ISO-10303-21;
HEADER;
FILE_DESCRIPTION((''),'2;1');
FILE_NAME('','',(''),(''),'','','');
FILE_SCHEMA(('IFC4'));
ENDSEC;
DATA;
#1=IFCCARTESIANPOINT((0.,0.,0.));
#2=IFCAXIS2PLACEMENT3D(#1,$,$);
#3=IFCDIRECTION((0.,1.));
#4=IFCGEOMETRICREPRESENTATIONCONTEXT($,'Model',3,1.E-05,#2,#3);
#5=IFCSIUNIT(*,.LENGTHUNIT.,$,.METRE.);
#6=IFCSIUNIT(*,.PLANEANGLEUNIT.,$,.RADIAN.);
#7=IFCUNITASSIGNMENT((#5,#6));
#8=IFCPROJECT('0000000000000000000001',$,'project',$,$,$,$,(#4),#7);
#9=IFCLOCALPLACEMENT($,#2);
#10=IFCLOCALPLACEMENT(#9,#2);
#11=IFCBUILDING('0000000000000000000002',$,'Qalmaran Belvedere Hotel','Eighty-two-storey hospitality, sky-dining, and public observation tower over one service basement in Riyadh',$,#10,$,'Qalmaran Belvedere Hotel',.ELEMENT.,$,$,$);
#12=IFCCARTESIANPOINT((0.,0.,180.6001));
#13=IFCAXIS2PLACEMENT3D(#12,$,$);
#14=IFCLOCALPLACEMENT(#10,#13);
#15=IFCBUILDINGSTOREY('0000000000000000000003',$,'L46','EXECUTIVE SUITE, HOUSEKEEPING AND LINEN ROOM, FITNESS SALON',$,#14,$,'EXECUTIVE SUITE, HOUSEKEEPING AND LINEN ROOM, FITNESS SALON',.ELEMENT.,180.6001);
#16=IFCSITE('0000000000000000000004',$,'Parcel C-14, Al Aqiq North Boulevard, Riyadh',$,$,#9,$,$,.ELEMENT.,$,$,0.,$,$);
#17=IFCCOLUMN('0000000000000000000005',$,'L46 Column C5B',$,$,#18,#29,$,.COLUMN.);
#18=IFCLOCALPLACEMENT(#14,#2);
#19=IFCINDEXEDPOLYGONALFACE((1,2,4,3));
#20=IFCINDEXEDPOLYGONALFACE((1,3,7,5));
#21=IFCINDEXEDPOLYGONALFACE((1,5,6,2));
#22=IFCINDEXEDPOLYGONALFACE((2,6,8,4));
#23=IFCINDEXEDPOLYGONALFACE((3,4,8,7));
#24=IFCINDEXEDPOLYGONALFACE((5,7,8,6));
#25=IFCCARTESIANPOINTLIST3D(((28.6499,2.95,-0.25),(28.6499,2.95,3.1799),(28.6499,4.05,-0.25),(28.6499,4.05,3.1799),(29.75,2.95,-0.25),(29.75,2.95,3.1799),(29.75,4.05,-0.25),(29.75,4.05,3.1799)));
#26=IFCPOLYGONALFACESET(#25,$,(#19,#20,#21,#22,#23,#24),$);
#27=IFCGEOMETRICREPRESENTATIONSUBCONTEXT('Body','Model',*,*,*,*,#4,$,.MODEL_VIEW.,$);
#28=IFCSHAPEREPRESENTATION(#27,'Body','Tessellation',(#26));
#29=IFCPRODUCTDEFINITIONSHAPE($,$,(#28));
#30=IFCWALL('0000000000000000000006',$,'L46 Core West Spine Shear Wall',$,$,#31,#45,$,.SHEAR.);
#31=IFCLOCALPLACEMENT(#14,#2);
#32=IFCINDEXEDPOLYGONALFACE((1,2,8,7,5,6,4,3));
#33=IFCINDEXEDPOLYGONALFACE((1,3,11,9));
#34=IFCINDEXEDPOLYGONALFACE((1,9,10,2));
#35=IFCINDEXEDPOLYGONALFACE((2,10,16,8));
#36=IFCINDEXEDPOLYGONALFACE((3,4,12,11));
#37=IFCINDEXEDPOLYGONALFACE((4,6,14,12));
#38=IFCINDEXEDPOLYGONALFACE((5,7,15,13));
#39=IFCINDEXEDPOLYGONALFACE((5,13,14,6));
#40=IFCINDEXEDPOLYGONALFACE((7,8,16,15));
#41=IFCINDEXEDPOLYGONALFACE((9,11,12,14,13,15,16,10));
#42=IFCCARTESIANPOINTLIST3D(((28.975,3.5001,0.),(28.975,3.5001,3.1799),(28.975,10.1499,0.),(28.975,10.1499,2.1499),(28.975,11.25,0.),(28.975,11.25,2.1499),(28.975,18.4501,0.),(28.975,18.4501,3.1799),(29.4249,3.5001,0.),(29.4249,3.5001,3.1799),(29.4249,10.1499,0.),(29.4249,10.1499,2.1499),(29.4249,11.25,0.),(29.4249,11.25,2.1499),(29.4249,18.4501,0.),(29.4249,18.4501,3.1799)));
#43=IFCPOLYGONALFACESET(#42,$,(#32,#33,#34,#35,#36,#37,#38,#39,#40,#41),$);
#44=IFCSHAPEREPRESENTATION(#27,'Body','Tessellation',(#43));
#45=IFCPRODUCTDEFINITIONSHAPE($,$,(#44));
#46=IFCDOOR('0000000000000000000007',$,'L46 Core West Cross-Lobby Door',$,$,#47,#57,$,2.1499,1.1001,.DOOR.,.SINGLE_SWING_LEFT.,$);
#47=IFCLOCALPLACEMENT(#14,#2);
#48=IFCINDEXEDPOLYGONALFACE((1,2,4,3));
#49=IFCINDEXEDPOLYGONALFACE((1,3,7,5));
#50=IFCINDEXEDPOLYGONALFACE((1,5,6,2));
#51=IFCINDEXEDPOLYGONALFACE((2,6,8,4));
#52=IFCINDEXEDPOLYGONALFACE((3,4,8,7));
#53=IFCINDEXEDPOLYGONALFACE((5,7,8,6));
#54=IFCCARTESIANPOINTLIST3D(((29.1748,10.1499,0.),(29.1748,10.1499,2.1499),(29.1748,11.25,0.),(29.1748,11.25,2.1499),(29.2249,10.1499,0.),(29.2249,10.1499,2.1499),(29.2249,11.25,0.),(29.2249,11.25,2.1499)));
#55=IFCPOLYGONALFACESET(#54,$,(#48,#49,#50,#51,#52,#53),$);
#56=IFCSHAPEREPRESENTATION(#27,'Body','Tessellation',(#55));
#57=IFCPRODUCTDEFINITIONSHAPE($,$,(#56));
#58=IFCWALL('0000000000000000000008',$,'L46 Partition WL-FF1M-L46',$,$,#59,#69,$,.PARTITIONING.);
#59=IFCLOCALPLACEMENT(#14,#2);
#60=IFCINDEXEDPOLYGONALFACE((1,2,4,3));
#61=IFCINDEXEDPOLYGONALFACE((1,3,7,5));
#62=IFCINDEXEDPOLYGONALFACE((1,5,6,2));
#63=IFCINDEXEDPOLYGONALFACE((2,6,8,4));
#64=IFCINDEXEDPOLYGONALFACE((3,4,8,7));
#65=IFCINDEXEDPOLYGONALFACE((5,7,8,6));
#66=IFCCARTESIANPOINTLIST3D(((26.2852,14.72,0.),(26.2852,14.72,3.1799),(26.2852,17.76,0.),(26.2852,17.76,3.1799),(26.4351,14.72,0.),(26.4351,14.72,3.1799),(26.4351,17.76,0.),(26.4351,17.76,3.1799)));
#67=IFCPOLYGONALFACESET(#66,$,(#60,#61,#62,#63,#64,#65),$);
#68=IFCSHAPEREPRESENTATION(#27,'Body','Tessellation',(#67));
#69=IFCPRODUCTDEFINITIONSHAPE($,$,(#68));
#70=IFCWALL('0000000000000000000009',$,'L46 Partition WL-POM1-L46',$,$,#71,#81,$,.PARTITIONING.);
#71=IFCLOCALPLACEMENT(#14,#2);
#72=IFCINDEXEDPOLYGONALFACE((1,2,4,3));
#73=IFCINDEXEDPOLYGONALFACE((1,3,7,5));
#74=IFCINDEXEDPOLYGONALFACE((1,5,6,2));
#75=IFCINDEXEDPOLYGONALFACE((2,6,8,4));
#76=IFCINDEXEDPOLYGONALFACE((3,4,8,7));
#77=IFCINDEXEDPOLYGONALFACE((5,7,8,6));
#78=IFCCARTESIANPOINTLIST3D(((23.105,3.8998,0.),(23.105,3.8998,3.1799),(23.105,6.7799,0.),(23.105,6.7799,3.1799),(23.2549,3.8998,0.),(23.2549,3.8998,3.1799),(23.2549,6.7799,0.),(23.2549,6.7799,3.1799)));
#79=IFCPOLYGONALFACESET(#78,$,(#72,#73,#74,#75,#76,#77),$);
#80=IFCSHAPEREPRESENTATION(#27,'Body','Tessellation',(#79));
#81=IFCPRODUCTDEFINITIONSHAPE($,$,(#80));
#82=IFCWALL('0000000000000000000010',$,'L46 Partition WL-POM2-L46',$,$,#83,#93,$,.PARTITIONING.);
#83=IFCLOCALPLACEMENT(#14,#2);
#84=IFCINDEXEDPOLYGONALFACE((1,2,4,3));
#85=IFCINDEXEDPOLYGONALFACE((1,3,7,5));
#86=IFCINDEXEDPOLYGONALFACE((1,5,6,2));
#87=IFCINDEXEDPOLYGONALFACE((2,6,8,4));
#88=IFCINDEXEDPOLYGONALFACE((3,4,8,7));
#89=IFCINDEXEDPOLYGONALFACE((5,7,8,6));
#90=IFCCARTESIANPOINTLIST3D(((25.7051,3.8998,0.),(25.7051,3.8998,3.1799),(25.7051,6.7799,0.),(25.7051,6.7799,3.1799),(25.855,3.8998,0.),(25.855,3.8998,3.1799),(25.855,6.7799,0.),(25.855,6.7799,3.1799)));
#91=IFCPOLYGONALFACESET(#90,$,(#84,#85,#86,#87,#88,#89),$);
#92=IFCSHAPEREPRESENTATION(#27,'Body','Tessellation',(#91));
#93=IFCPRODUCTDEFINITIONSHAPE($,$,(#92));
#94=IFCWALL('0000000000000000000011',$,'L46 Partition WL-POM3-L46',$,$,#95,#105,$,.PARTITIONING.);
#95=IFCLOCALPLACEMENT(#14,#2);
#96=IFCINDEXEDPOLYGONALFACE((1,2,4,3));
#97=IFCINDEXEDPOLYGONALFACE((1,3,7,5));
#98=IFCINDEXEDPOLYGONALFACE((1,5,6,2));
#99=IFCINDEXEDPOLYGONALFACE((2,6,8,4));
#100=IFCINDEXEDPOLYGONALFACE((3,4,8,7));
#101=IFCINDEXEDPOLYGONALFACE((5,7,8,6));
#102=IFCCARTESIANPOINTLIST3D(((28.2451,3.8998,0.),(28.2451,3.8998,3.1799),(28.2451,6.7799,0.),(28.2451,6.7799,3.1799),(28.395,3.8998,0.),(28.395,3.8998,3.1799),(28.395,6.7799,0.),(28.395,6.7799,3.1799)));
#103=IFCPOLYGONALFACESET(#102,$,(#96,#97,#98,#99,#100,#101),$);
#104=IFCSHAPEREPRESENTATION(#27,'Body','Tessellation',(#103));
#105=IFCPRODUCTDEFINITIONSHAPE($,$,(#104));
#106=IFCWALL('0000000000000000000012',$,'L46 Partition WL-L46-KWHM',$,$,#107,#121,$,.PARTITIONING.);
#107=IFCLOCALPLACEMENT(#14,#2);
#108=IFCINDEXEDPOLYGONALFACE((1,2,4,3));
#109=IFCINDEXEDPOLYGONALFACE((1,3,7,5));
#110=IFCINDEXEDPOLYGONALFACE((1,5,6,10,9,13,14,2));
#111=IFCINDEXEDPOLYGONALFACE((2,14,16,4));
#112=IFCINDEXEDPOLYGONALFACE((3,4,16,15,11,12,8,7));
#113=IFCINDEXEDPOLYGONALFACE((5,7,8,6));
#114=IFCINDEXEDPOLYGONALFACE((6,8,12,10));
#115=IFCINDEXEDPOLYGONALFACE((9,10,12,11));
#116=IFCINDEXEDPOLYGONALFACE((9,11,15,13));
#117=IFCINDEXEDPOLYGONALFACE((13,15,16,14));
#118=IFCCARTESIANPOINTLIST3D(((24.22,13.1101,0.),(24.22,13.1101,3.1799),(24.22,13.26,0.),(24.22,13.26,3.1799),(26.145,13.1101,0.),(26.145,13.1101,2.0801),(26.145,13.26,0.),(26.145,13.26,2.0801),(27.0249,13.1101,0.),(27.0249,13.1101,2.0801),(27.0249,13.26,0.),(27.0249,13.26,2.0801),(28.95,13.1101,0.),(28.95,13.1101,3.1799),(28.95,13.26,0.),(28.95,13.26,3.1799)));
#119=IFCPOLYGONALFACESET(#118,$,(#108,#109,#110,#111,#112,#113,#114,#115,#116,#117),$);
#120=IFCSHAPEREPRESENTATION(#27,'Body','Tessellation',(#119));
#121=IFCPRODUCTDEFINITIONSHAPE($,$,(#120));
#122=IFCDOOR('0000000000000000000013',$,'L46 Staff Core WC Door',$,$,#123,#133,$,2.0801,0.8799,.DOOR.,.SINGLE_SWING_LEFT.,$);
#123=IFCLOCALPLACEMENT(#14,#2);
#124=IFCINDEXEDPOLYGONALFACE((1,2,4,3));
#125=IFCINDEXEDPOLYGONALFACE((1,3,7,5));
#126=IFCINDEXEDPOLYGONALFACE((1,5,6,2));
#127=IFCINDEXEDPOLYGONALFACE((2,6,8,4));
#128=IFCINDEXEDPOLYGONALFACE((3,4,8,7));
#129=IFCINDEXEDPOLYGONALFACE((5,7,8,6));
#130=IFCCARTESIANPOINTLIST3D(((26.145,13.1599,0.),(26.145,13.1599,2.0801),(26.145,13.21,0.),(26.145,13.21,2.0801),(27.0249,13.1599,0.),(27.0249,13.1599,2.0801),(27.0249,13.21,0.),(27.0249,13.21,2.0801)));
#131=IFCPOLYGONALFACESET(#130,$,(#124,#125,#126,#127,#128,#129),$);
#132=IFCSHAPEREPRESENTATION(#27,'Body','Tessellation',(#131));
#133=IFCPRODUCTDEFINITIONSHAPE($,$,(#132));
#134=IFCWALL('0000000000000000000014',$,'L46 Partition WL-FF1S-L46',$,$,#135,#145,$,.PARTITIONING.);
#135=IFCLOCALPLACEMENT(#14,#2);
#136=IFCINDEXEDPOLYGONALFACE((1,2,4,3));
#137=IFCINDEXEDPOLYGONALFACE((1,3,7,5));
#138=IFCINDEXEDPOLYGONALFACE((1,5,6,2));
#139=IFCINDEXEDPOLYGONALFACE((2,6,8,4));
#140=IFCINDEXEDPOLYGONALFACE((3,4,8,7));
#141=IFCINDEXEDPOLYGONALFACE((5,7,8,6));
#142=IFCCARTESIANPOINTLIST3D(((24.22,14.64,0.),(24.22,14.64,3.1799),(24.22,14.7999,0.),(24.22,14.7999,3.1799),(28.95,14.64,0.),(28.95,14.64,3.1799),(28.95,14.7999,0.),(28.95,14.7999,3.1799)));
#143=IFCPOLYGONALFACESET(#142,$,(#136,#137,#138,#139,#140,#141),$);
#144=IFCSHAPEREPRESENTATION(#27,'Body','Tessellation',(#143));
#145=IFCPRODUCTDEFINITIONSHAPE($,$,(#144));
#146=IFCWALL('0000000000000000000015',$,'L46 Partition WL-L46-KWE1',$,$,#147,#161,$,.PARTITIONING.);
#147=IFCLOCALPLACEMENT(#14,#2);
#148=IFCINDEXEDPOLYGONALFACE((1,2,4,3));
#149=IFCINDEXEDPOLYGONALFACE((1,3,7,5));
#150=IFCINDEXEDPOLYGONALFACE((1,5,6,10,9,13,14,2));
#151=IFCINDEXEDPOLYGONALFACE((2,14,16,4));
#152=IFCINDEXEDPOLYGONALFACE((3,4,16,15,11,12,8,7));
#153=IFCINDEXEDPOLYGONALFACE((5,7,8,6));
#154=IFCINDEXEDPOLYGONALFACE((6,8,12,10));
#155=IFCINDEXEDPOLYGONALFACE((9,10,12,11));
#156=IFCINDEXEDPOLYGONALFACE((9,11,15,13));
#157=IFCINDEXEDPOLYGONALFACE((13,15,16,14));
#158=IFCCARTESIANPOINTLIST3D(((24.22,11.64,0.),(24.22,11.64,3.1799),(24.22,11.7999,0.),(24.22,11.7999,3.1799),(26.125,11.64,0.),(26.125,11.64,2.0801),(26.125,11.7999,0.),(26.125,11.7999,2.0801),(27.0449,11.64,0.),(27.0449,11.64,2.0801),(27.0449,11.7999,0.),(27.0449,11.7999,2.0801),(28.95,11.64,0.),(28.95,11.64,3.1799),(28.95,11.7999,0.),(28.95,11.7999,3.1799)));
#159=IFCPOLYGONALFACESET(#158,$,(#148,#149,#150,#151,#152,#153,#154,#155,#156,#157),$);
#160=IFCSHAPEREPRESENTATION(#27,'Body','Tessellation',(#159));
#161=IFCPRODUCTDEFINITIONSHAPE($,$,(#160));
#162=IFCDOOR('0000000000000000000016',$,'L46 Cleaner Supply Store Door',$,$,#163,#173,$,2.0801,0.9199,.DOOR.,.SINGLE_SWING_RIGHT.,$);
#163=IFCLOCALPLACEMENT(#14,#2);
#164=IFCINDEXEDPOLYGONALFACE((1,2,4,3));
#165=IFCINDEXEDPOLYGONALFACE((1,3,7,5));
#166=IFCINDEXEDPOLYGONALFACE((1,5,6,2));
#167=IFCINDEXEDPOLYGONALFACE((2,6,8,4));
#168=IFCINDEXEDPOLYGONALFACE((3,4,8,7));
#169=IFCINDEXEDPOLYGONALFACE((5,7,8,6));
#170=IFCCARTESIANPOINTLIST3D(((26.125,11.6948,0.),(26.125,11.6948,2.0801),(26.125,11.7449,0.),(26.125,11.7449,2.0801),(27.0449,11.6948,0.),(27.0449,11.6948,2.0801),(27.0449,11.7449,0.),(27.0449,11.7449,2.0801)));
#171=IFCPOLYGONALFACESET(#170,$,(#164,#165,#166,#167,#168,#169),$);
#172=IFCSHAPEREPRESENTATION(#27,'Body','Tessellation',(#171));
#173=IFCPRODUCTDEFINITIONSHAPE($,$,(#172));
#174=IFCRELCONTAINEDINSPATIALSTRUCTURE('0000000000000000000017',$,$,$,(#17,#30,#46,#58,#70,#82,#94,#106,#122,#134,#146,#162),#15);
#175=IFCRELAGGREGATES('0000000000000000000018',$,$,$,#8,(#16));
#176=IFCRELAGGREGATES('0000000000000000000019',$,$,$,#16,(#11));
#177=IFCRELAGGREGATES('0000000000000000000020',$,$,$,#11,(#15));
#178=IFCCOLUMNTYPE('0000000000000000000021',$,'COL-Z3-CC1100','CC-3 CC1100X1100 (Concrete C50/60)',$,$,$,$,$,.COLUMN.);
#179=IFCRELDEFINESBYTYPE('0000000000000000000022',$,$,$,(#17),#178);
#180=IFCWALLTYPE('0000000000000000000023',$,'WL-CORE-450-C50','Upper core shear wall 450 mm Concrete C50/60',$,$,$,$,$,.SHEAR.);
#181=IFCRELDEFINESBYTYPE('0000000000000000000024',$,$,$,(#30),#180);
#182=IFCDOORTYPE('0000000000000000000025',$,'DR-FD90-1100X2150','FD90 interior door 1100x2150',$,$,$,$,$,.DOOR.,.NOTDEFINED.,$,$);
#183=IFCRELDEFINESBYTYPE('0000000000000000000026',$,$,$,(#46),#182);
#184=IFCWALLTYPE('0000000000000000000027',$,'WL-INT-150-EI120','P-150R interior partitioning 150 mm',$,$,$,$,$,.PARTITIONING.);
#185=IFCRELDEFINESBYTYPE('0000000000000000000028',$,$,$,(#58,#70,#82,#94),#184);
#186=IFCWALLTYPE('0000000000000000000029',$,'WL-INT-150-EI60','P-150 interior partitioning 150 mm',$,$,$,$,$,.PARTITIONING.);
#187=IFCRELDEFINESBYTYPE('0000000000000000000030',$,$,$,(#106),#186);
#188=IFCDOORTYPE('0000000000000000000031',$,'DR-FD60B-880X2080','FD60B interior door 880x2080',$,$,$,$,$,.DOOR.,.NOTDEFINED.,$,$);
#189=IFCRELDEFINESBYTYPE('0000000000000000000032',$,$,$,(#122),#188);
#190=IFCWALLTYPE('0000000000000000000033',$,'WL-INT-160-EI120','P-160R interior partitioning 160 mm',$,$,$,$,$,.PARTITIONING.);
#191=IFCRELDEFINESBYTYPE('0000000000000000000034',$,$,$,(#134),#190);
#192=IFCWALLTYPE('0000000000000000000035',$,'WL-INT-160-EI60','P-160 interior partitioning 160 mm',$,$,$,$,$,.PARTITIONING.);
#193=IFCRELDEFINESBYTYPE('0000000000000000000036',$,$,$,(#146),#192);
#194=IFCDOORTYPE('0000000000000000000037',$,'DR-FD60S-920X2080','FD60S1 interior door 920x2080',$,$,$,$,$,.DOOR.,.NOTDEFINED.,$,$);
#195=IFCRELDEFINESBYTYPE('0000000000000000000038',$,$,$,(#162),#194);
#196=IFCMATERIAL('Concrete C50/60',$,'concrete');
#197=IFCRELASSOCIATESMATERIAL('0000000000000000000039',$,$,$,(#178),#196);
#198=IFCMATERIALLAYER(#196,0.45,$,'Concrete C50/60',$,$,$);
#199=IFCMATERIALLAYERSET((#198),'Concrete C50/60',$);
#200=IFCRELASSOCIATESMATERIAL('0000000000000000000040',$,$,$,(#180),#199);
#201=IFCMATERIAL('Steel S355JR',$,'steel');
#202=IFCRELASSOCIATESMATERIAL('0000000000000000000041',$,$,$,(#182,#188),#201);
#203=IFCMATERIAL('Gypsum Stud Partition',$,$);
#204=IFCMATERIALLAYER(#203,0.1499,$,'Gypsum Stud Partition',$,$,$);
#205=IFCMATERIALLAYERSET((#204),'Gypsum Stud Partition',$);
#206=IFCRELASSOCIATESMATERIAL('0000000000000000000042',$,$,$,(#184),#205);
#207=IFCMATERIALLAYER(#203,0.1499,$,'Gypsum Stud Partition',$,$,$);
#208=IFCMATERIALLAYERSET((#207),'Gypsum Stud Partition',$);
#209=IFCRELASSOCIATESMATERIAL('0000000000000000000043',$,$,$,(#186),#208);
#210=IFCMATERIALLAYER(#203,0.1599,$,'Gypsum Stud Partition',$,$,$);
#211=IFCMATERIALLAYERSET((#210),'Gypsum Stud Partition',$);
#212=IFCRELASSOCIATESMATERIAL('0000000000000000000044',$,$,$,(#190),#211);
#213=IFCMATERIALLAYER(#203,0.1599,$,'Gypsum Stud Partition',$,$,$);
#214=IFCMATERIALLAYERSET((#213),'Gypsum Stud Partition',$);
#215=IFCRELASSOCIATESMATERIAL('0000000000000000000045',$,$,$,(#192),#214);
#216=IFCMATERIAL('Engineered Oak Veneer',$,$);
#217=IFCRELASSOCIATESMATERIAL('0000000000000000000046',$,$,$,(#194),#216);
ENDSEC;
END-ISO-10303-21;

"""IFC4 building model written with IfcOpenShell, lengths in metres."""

from ifc_helpers import new_model, si_unit, direction, frame, frame_2d, origin, origin_2d, place, context, subcontext, project, spatial, rectangle, extrude, material, layer, layer_set, material_profile, profile_set, type_object, element, fill, save


model = new_model("IFC4")

# Units and contexts
model_context = context("Model", 3, precision=1e-05, world=origin(), true_north=direction((0.0, 1.0)))
body_context = subcontext(model_context, "Body", "Model", "MODEL_VIEW")
ifc_project = project(units=[si_unit("LENGTHUNIT", "METRE"), si_unit("PLANEANGLEUNIT", "RADIAN")], contexts=[model_context])

# Site, building, storey
site_placement = place(None, origin())
site = spatial("IfcSite", under=ifc_project, at=site_placement, Name="Parcel C-14, Al Aqiq North Boulevard, Riyadh", CompositionType="ELEMENT", RefElevation=0.0)
building_placement = place(site_placement, origin())
building = spatial("IfcBuilding", under=site, at=building_placement, Name="Qalmaran Belvedere Hotel", Description="Eighty-two-storey hospitality, sky-dining, and public observation tower over one service basement in Riyadh", LongName="Qalmaran Belvedere Hotel", CompositionType="ELEMENT")
storey_placement = place(building_placement, frame((0.0, 0.0, 180.6001)))
storey = spatial("IfcBuildingStorey", under=building, at=storey_placement, Name="L46", Description="EXECUTIVE SUITE, HOUSEKEEPING AND LINEN ROOM, FITNESS SALON", LongName="EXECUTIVE SUITE, HOUSEKEEPING AND LINEN ROOM, FITNESS SALON", CompositionType="ELEMENT", Elevation=180.6001)

# Column
ifc_material_1 = material(Name="Concrete C50/60", Category="concrete")
ifc_material_profile = material_profile(ifc_material_1, rectangle(XDim=1.1001, YDim=1.1001, at=origin_2d()), Name="CC1100X1100")
ifc_profile_set = profile_set([ifc_material_profile], Name="Concrete C50/60")
column_type = type_object("IfcColumnType", Name="COL-Z3-CC1100", Description="CC-3 CC1100X1100 (Concrete C50/60)", PredefinedType="COLUMN", material=ifc_profile_set)
column_placement = place(storey_placement, frame((29.2, 3.5, -0.25), z_axis=(0.0, 0.0, 1.0), x_axis=(1.0, 0.0, 0.0)))
element("IfcColumn", 1, at=column_placement, inside=storey, type_object=column_type, Name="L46 Column C5B", PredefinedType="COLUMN", context=body_context, shape_type="SweptSolid", body=[
    extrude(rectangle(XDim=1.1001, YDim=1.1001, at=origin_2d()), origin(), (0.0, 0.0, 1.0), 3.4299),
])

# Wall, opening, door
ifc_layer_1 = layer(ifc_material_1, 0.45, Name="Concrete C50/60")
ifc_layer_set_1 = layer_set([ifc_layer_1], Name="Concrete C50/60")
wall_type_1 = type_object("IfcWallType", Name="WL-CORE-450-C50", Description="Upper core shear wall 450 mm Concrete C50/60", PredefinedType="SHEAR", material=ifc_layer_set_1)
wall_1_placement = place(storey_placement, frame((29.2, 3.5, 0.0), z_axis=(0.0, 0.0, 1.0), x_axis=(0.0, 1.0, 0.0)))
wall_1 = element("IfcWall", 2, at=wall_1_placement, inside=storey, type_object=wall_type_1, Name="L46 Core West Spine Shear Wall", PredefinedType="SHEAR", context=body_context, shape_type="SweptSolid", body=[
    extrude(rectangle(XDim=14.95, YDim=0.45, at=frame_2d((7.4751, 0.0))), origin(), (0.0, 0.0, 1.0), 3.1799),
])
opening_1_placement = place(wall_1_placement, frame((7.75, 0.0, 0.0), z_axis=(0.0, 0.0, 1.0), x_axis=(-1.0, 0.0, 0.0)))
opening_1 = element("IfcOpeningElement", 3, at=opening_1_placement, cuts=wall_1, PredefinedType="OPENING", context=body_context, shape_type="SweptSolid", body=[
    extrude(rectangle(XDim=1.1001, YDim=2.1499, at=frame_2d((0.55, 1.075))), frame((0.0, 0.2349, 0.0), z_axis=(0.0, -1.0, 0.0), x_axis=(1.0, 0.0, 0.0)), (0.0, 0.0, 1.0), 0.47),
])
ifc_material_2 = material(Name="Steel S355JR", Category="steel")
door_type_1 = type_object("IfcDoorType", Name="DR-FD90-1100X2150", Description="FD90 interior door 1100x2150", OperationType="NOTDEFINED", PredefinedType="DOOR", material=ifc_material_2)
door_1_placement = place(opening_1_placement, origin())
door_1 = element("IfcDoor", 4, at=door_1_placement, inside=storey, type_object=door_type_1, Name="L46 Core West Cross-Lobby Door", OperationType="SINGLE_SWING_LEFT", OverallHeight=2.1499, OverallWidth=1.1001, PredefinedType="DOOR", context=body_context, shape_type="SweptSolid", body=[
    extrude(rectangle(XDim=1.1001, YDim=2.1499, at=frame_2d((0.55, 1.075))), frame((0.0, 0.0249, 0.0), z_axis=(0.0, -1.0, 0.0), x_axis=(1.0, 0.0, 0.0)), (0.0, 0.0, 1.0), 0.05),
])
fill(opening_1, door_1)

# Walls
ifc_material_3 = material(Name="Gypsum Stud Partition")
ifc_layer_2 = layer(ifc_material_3, 0.1499, Name="Gypsum Stud Partition")
ifc_layer_set_2 = layer_set([ifc_layer_2], Name="Gypsum Stud Partition")
wall_type_2 = type_object("IfcWallType", Name="WL-INT-150-EI120", Description="P-150R interior partitioning 150 mm", PredefinedType="PARTITIONING", material=ifc_layer_set_2)
wall_2_placement = place(storey_placement, frame((26.3601, 14.72, 0.0), z_axis=(0.0, 0.0, 1.0), x_axis=(0.0, 1.0, 0.0)))
element("IfcWall", 5, at=wall_2_placement, inside=storey, type_object=wall_type_2, Name="L46 Partition WL-FF1M-L46", PredefinedType="PARTITIONING", context=body_context, shape_type="SweptSolid", body=[
    extrude(rectangle(XDim=3.04, YDim=0.1499, at=frame_2d((1.52, 0.0))), origin(), (0.0, 0.0, 1.0), 3.1799),
])
for number, where, z_axis, x_axis, name in (
    (6, (23.1799, 3.8999, 0.0), (0.0, 0.0, 1.0), (0.0, 1.0, 0.0), "L46 Partition WL-POM1-L46"),
    (7, (25.78, 3.8999, 0.0), (0.0, 0.0, 1.0), (0.0, 1.0, 0.0), "L46 Partition WL-POM2-L46"),
    (8, (28.3201, 3.8999, 0.0), (0.0, 0.0, 1.0), (0.0, 1.0, 0.0), "L46 Partition WL-POM3-L46"),
):
    element("IfcWall", number, at=place(storey_placement, frame(where, z_axis=z_axis, x_axis=x_axis)), inside=storey, type_object=wall_type_2, Name=name, PredefinedType="PARTITIONING", context=body_context, shape_type="SweptSolid", body=[
        extrude(rectangle(XDim=2.8801, YDim=0.1499, at=frame_2d((1.4399, 0.0))), origin(), (0.0, 0.0, 1.0), 3.1799),
    ])

# Wall, opening, door
ifc_layer_3 = layer(ifc_material_3, 0.1499, Name="Gypsum Stud Partition")
ifc_layer_set_3 = layer_set([ifc_layer_3], Name="Gypsum Stud Partition")
wall_type_3 = type_object("IfcWallType", Name="WL-INT-150-EI60", Description="P-150 interior partitioning 150 mm", PredefinedType="PARTITIONING", material=ifc_layer_set_3)
wall_3_placement = place(storey_placement, frame((24.22, 13.1851, 0.0), z_axis=(0.0, 0.0, 1.0), x_axis=(1.0, 0.0, 0.0)))
wall_3 = element("IfcWall", 9, at=wall_3_placement, inside=storey, type_object=wall_type_3, Name="L46 Partition WL-L46-KWHM", PredefinedType="PARTITIONING", context=body_context, shape_type="SweptSolid", body=[
    extrude(rectangle(XDim=4.73, YDim=0.1499, at=frame_2d((2.365, 0.0))), origin(), (0.0, 0.0, 1.0), 3.1799),
])
opening_2_placement = place(wall_3_placement, frame((1.925, 0.0, 0.0)))
opening_2 = element("IfcOpeningElement", 10, at=opening_2_placement, cuts=wall_3, PredefinedType="OPENING", context=body_context, shape_type="SweptSolid", body=[
    extrude(rectangle(XDim=0.8799, YDim=2.0801, at=frame_2d((0.4399, 1.04))), frame((0.0, 0.085, 0.0), z_axis=(0.0, -1.0, 0.0), x_axis=(1.0, 0.0, 0.0)), (0.0, 0.0, 1.0), 0.1699),
])
door_type_2 = type_object("IfcDoorType", Name="DR-FD60B-880X2080", Description="FD60B interior door 880x2080", OperationType="NOTDEFINED", PredefinedType="DOOR", material=ifc_material_2)
door_2_placement = place(opening_2_placement, origin())
door_2 = element("IfcDoor", 11, at=door_2_placement, inside=storey, type_object=door_type_2, Name="L46 Staff Core WC Door", OperationType="SINGLE_SWING_LEFT", OverallHeight=2.0801, OverallWidth=0.8799, PredefinedType="DOOR", context=body_context, shape_type="SweptSolid", body=[
    extrude(rectangle(XDim=0.8799, YDim=2.0801, at=frame_2d((0.4399, 1.04))), frame((0.0, 0.0249, 0.0), z_axis=(0.0, -1.0, 0.0), x_axis=(1.0, 0.0, 0.0)), (0.0, 0.0, 1.0), 0.05),
])
fill(opening_2, door_2)

# Wall
ifc_layer_4 = layer(ifc_material_3, 0.1599, Name="Gypsum Stud Partition")
ifc_layer_set_4 = layer_set([ifc_layer_4], Name="Gypsum Stud Partition")
wall_type_4 = type_object("IfcWallType", Name="WL-INT-160-EI120", Description="P-160R interior partitioning 160 mm", PredefinedType="PARTITIONING", material=ifc_layer_set_4)
wall_4_placement = place(storey_placement, frame((24.22, 14.72, 0.0), z_axis=(0.0, 0.0, 1.0), x_axis=(1.0, 0.0, 0.0)))
element("IfcWall", 12, at=wall_4_placement, inside=storey, type_object=wall_type_4, Name="L46 Partition WL-FF1S-L46", PredefinedType="PARTITIONING", context=body_context, shape_type="SweptSolid", body=[
    extrude(rectangle(XDim=4.73, YDim=0.1599, at=frame_2d((2.365, 0.0))), origin(), (0.0, 0.0, 1.0), 3.1799),
])

# Wall, opening, door
ifc_layer_5 = layer(ifc_material_3, 0.1599, Name="Gypsum Stud Partition")
ifc_layer_set_5 = layer_set([ifc_layer_5], Name="Gypsum Stud Partition")
wall_type_5 = type_object("IfcWallType", Name="WL-INT-160-EI60", Description="P-160 interior partitioning 160 mm", PredefinedType="PARTITIONING", material=ifc_layer_set_5)
wall_5_placement = place(storey_placement, frame((24.22, 11.72, 0.0), z_axis=(0.0, 0.0, 1.0), x_axis=(1.0, 0.0, 0.0)))
wall_5 = element("IfcWall", 13, at=wall_5_placement, inside=storey, type_object=wall_type_5, Name="L46 Partition WL-L46-KWE1", PredefinedType="PARTITIONING", context=body_context, shape_type="SweptSolid", body=[
    extrude(rectangle(XDim=4.73, YDim=0.1599, at=frame_2d((2.365, 0.0))), origin(), (0.0, 0.0, 1.0), 3.1799),
])
opening_3_placement = place(wall_5_placement, frame((1.905, 0.0, 0.0)))
opening_3 = element("IfcOpeningElement", 14, at=opening_3_placement, cuts=wall_5, PredefinedType="OPENING", context=body_context, shape_type="SweptSolid", body=[
    extrude(rectangle(XDim=0.9199, YDim=2.0801, at=frame_2d((0.46, 1.04))), frame((0.0, 0.0898, 0.0), z_axis=(0.0, -1.0, 0.0), x_axis=(1.0, 0.0, 0.0)), (0.0, 0.0, 1.0), 0.1799),
])
ifc_material_4 = material(Name="Engineered Oak Veneer")
door_type_3 = type_object("IfcDoorType", Name="DR-FD60S-920X2080", Description="FD60S1 interior door 920x2080", OperationType="NOTDEFINED", PredefinedType="DOOR", material=ifc_material_4)
door_3_placement = place(opening_3_placement, origin())
door_3 = element("IfcDoor", 15, at=door_3_placement, inside=storey, type_object=door_type_3, Name="L46 Cleaner Supply Store Door", OperationType="SINGLE_SWING_RIGHT", OverallHeight=2.0801, OverallWidth=0.9199, PredefinedType="DOOR", context=body_context, shape_type="SweptSolid", body=[
    extrude(rectangle(XDim=0.9199, YDim=2.0801, at=frame_2d((0.46, 1.04))), frame((0.0, 0.0249, 0.0), z_axis=(0.0, -1.0, 0.0), x_axis=(1.0, 0.0, 0.0)), (0.0, 0.0, 1.0), 0.05),
])
fill(opening_3, door_3)

save(model, "model.ifc")
